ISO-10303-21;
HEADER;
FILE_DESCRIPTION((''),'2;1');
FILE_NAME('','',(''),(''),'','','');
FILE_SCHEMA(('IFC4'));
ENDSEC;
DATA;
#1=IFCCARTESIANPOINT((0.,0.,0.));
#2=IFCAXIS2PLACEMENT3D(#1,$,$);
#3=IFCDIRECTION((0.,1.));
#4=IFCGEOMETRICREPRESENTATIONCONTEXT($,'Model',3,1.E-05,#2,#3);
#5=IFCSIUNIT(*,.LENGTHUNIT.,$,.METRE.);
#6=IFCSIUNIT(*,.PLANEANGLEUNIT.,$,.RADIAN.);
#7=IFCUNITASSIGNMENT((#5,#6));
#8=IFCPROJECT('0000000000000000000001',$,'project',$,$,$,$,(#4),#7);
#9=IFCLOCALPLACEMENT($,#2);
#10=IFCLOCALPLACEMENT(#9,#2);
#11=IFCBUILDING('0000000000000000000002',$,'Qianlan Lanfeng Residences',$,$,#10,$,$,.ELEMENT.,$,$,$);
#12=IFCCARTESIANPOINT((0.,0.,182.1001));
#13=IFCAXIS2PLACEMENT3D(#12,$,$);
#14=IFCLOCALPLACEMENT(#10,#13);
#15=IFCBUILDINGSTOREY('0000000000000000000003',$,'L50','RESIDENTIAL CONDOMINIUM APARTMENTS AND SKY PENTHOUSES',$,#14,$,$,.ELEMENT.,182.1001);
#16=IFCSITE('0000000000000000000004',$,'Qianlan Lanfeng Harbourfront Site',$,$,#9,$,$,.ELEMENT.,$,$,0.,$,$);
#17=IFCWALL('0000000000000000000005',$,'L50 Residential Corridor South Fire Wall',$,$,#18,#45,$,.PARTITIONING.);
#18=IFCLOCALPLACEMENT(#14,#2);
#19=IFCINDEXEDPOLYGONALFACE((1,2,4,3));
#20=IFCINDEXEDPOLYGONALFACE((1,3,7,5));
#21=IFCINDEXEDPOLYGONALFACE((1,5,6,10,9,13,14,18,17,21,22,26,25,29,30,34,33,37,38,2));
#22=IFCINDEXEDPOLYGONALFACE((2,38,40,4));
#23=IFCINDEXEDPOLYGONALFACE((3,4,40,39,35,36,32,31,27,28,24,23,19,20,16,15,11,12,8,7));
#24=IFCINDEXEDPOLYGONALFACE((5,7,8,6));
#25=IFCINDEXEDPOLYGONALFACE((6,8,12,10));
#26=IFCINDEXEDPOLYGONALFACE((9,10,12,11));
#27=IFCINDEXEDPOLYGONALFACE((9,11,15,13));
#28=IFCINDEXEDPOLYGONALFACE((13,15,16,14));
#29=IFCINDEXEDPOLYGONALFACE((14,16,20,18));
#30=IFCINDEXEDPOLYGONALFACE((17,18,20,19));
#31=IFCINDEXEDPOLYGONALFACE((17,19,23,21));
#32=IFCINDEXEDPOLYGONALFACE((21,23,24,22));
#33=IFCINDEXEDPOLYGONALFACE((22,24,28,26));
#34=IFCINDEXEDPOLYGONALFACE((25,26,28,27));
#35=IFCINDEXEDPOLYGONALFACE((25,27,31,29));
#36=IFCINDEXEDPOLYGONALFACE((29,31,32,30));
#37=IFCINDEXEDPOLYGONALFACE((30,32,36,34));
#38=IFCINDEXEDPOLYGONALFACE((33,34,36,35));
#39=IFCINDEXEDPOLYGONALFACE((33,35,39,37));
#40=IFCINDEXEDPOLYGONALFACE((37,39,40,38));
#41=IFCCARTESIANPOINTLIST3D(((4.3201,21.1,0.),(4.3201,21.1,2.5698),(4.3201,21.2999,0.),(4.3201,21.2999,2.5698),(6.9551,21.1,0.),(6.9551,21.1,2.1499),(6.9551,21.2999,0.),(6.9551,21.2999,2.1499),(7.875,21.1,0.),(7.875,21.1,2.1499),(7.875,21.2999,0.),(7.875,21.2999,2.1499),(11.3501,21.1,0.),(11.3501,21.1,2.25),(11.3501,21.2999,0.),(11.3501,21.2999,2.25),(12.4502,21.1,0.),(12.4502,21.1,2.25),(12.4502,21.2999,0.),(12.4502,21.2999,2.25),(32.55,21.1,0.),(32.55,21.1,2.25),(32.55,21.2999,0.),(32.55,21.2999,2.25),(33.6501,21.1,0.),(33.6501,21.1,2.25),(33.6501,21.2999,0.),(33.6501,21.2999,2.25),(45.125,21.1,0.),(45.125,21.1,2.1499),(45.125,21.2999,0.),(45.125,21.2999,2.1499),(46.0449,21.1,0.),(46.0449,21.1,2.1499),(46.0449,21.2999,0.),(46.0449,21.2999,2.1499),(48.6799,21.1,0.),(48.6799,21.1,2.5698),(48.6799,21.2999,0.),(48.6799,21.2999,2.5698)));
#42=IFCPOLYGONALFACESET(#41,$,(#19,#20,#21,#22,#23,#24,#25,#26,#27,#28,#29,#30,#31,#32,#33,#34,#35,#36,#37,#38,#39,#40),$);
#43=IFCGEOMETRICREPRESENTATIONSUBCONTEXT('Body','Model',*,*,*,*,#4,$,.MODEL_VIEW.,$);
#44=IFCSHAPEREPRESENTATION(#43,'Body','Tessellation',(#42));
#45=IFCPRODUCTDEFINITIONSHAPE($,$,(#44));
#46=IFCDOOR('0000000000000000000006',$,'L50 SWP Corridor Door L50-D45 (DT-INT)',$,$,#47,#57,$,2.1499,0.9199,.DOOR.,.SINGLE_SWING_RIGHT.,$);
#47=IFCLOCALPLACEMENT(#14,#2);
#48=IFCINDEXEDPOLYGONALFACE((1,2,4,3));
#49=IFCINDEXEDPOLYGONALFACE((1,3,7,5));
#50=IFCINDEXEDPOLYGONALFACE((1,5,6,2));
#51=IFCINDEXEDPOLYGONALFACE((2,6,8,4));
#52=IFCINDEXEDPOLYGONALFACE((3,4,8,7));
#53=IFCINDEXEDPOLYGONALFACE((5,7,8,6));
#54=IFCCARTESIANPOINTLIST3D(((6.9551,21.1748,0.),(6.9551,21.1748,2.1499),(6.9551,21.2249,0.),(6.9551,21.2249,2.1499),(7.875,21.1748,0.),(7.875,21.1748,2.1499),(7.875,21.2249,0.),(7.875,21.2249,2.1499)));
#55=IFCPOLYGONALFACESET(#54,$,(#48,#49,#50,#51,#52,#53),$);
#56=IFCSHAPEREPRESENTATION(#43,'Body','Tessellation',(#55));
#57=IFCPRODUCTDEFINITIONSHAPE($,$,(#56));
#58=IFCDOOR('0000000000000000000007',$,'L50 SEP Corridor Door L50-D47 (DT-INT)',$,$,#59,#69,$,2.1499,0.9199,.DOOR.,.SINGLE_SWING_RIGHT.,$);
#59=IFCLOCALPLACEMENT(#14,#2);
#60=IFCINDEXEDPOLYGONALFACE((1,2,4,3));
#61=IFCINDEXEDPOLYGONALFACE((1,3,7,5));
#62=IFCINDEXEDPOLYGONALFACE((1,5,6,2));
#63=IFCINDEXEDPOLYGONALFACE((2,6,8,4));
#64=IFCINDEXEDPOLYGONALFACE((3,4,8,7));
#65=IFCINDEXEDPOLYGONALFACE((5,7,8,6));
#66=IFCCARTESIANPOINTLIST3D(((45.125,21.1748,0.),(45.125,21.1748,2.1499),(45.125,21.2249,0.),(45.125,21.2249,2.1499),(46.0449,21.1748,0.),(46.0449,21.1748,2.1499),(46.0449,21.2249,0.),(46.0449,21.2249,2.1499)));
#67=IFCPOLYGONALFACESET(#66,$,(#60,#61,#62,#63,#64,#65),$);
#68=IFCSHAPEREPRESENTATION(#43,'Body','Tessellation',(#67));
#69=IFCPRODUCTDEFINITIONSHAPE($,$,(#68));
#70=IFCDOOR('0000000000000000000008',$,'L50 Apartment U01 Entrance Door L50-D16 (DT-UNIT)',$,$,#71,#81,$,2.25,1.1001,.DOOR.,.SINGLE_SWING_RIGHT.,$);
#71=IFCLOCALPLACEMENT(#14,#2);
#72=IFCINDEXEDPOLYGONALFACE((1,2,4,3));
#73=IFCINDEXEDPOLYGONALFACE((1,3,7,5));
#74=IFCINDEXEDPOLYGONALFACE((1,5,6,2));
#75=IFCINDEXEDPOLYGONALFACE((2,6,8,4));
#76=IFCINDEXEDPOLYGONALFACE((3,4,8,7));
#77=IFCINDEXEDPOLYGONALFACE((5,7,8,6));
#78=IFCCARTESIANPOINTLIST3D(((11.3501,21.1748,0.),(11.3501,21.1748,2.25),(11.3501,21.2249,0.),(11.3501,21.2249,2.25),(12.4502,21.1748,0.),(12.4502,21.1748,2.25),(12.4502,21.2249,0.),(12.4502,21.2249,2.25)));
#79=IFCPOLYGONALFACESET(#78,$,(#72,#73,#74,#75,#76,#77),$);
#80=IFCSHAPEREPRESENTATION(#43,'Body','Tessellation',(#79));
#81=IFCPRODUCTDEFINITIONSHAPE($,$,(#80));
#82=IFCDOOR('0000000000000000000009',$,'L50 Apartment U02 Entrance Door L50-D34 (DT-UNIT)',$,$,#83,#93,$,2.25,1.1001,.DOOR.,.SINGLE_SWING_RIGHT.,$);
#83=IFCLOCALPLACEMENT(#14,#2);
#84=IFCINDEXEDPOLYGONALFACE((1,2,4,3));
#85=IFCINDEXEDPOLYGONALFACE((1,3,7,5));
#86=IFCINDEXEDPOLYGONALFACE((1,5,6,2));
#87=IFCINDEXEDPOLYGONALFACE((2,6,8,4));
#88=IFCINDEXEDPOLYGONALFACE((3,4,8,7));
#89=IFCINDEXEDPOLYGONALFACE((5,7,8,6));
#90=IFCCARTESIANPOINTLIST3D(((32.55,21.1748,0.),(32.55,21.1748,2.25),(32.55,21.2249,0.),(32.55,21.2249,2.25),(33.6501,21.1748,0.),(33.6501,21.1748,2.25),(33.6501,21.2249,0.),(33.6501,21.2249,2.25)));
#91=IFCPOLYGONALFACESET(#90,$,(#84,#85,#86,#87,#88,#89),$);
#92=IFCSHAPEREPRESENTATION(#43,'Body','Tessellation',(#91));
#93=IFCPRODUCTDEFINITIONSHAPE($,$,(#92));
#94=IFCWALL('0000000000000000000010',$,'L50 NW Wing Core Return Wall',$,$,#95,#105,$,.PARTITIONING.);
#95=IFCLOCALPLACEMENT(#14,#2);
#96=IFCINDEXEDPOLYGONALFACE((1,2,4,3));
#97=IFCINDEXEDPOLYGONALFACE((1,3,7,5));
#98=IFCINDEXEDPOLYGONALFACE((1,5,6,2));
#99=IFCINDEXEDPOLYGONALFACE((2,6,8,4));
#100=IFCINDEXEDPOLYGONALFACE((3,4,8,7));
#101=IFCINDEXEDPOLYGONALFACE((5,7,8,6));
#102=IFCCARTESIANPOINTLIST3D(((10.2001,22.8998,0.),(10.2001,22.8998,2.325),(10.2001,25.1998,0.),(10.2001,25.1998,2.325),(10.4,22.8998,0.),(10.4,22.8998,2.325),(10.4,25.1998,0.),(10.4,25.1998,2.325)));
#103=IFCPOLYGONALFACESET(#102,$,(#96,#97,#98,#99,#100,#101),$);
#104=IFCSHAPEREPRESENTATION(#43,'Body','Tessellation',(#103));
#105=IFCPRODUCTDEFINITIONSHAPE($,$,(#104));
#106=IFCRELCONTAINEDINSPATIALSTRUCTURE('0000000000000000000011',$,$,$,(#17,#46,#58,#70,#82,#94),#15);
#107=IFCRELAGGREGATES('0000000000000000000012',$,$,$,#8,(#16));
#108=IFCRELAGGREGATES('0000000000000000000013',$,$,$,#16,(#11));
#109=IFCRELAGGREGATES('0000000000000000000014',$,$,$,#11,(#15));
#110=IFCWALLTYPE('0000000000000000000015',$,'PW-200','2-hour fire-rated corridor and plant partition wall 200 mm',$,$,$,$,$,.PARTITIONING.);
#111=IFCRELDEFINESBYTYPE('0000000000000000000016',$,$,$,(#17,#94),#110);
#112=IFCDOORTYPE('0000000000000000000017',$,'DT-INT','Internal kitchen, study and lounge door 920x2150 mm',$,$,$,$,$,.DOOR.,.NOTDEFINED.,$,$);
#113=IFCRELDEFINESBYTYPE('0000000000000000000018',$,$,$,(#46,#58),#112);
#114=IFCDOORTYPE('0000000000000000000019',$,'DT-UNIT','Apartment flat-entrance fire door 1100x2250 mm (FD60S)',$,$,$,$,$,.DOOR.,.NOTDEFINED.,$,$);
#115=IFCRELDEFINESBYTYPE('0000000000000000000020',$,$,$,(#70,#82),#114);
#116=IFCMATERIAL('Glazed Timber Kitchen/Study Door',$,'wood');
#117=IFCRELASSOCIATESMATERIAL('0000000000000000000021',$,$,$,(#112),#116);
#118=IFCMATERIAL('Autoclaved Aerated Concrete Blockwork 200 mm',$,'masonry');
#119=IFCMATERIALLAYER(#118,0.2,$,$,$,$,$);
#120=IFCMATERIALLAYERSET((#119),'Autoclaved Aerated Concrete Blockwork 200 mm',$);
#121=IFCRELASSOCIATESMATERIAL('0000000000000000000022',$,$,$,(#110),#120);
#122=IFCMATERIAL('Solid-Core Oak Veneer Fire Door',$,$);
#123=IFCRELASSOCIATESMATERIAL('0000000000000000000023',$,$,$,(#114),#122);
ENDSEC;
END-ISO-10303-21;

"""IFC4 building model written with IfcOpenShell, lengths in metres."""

from ifc_helpers import new_model, si_unit, direction, frame, frame_2d, origin, place, context, subcontext, project, spatial, rectangle, extrude, material, layer, layer_set, type_object, element, fill, save


model = new_model("IFC4")

# Units and contexts
model_context = context("Model", 3, precision=1e-05, world=origin(), true_north=direction((0.0, 1.0)))
body_context = subcontext(model_context, "Body", "Model", "MODEL_VIEW")
ifc_project = project(units=[si_unit("LENGTHUNIT", "METRE"), si_unit("PLANEANGLEUNIT", "RADIAN")], contexts=[model_context])

# Site, building, storey
site_placement = place(None, origin())
site = spatial("IfcSite", under=ifc_project, at=site_placement, Name="Qianlan Lanfeng Harbourfront Site", CompositionType="ELEMENT", RefElevation=0.0)
building_placement = place(site_placement, origin())
building = spatial("IfcBuilding", under=site, at=building_placement, Name="Qianlan Lanfeng Residences", CompositionType="ELEMENT")
storey_placement = place(building_placement, frame((0.0, 0.0, 182.1001)))
storey = spatial("IfcBuildingStorey", under=building, at=storey_placement, Name="L50", Description="RESIDENTIAL CONDOMINIUM APARTMENTS AND SKY PENTHOUSES", CompositionType="ELEMENT", Elevation=182.1001)

# Shared definitions
ifc_material_1 = material(Name="Glazed Timber Kitchen/Study Door", Category="wood")
door_type_1 = type_object("IfcDoorType", Name="DT-INT", Description="Internal kitchen, study and lounge door 920x2150 mm", OperationType="NOTDEFINED", PredefinedType="DOOR", material=ifc_material_1)

# Wall, openings, doors
ifc_material_2 = material(Name="Autoclaved Aerated Concrete Blockwork 200 mm", Category="masonry")
ifc_layer_1 = layer(ifc_material_2, 0.2)
ifc_layer_set_1 = layer_set([ifc_layer_1], Name="Autoclaved Aerated Concrete Blockwork 200 mm")
wall_type_1 = type_object("IfcWallType", Name="PW-200", Description="2-hour fire-rated corridor and plant partition wall 200 mm", PredefinedType="PARTITIONING", material=ifc_layer_set_1)
wall_1_placement = place(storey_placement, frame((4.3201, 21.2, 0.0), z_axis=(0.0, 0.0, 1.0), x_axis=(1.0, 0.0, 0.0)))
wall_1 = element("IfcWall", 1, at=wall_1_placement, inside=storey, type_object=wall_type_1, Name="L50 Residential Corridor South Fire Wall", PredefinedType="PARTITIONING", context=body_context, shape_type="SweptSolid", body=[
    extrude(rectangle(XDim=44.3599, YDim=0.2, at=frame_2d((22.1799, 0.0))), origin(), (0.0, 0.0, 1.0), 2.5698),
])
opening_1_placement = place(wall_1_placement, frame((7.03, 0.0, 0.0)))
opening_1 = element("IfcOpeningElement", 2, at=opening_1_placement, cuts=wall_1, PredefinedType="OPENING", context=body_context, shape_type="SweptSolid", body=[
    extrude(rectangle(XDim=1.1001, YDim=2.25, at=frame_2d((0.55, 1.125))), frame((0.0, 0.1099, 0.0), z_axis=(0.0, -1.0, 0.0), x_axis=(1.0, 0.0, 0.0)), (0.0, 0.0, 1.0), 0.22),
])
opening_2_placement = place(wall_1_placement, frame((28.23, 0.0, 0.0)))
opening_2 = element("IfcOpeningElement", 3, at=opening_2_placement, cuts=wall_1, PredefinedType="OPENING", context=body_context, shape_type="SweptSolid", body=[
    extrude(rectangle(XDim=1.1001, YDim=2.25, at=frame_2d((0.55, 1.125))), frame((0.0, 0.1099, 0.0), z_axis=(0.0, -1.0, 0.0), x_axis=(1.0, 0.0, 0.0)), (0.0, 0.0, 1.0), 0.22),
])
opening_3_placement = place(wall_1_placement, frame((2.635, 0.0, 0.0)))
opening_3 = element("IfcOpeningElement", 4, at=opening_3_placement, cuts=wall_1, PredefinedType="OPENING", context=body_context, shape_type="SweptSolid", body=[
    extrude(rectangle(XDim=0.9199, YDim=2.1499, at=frame_2d((0.46, 1.075))), frame((0.0, 0.1099, 0.0), z_axis=(0.0, -1.0, 0.0), x_axis=(1.0, 0.0, 0.0)), (0.0, 0.0, 1.0), 0.22),
])
opening_4_placement = place(wall_1_placement, frame((40.8049, 0.0, 0.0)))
opening_4 = element("IfcOpeningElement", 5, at=opening_4_placement, cuts=wall_1, PredefinedType="OPENING", context=body_context, shape_type="SweptSolid", body=[
    extrude(rectangle(XDim=0.9199, YDim=2.1499, at=frame_2d((0.46, 1.075))), frame((0.0, 0.1099, 0.0), z_axis=(0.0, -1.0, 0.0), x_axis=(1.0, 0.0, 0.0)), (0.0, 0.0, 1.0), 0.22),
])
door_1_placement = place(opening_3_placement, origin())
door_1 = element("IfcDoor", 6, at=door_1_placement, inside=storey, type_object=door_type_1, Name="L50 SWP Corridor Door L50-D45 (DT-INT)", OperationType="SINGLE_SWING_RIGHT", OverallHeight=2.1499, OverallWidth=0.9199, PredefinedType="DOOR", context=body_context, shape_type="SweptSolid", body=[
    extrude(rectangle(XDim=0.9199, YDim=2.1499, at=frame_2d((0.46, 1.075))), frame((0.0, 0.0249, 0.0), z_axis=(0.0, -1.0, 0.0), x_axis=(1.0, 0.0, 0.0)), (0.0, 0.0, 1.0), 0.05),
])
fill(opening_3, door_1)
door_2_placement = place(opening_4_placement, origin())
door_2 = element("IfcDoor", 7, at=door_2_placement, inside=storey, type_object=door_type_1, Name="L50 SEP Corridor Door L50-D47 (DT-INT)", OperationType="SINGLE_SWING_RIGHT", OverallHeight=2.1499, OverallWidth=0.9199, PredefinedType="DOOR", context=body_context, shape_type="SweptSolid", body=[
    extrude(rectangle(XDim=0.9199, YDim=2.1499, at=frame_2d((0.46, 1.075))), frame((0.0, 0.0249, 0.0), z_axis=(0.0, -1.0, 0.0), x_axis=(1.0, 0.0, 0.0)), (0.0, 0.0, 1.0), 0.05),
])
fill(opening_4, door_2)
ifc_material_3 = material(Name="Solid-Core Oak Veneer Fire Door")
door_type_2 = type_object("IfcDoorType", Name="DT-UNIT", Description="Apartment flat-entrance fire door 1100x2250 mm (FD60S)", OperationType="NOTDEFINED", PredefinedType="DOOR", material=ifc_material_3)
door_3_placement = place(opening_1_placement, origin())
door_3 = element("IfcDoor", 8, at=door_3_placement, inside=storey, type_object=door_type_2, Name="L50 Apartment U01 Entrance Door L50-D16 (DT-UNIT)", OperationType="SINGLE_SWING_RIGHT", OverallHeight=2.25, OverallWidth=1.1001, PredefinedType="DOOR", context=body_context, shape_type="SweptSolid", body=[
    extrude(rectangle(XDim=1.1001, YDim=2.25, at=frame_2d((0.55, 1.125))), frame((0.0, 0.0249, 0.0), z_axis=(0.0, -1.0, 0.0), x_axis=(1.0, 0.0, 0.0)), (0.0, 0.0, 1.0), 0.05),
])
fill(opening_1, door_3)
door_4_placement = place(opening_2_placement, origin())
door_4 = element("IfcDoor", 9, at=door_4_placement, inside=storey, type_object=door_type_2, Name="L50 Apartment U02 Entrance Door L50-D34 (DT-UNIT)", OperationType="SINGLE_SWING_RIGHT", OverallHeight=2.25, OverallWidth=1.1001, PredefinedType="DOOR", context=body_context, shape_type="SweptSolid", body=[
    extrude(rectangle(XDim=1.1001, YDim=2.25, at=frame_2d((0.55, 1.125))), frame((0.0, 0.0249, 0.0), z_axis=(0.0, -1.0, 0.0), x_axis=(1.0, 0.0, 0.0)), (0.0, 0.0, 1.0), 0.05),
])
fill(opening_2, door_4)

# Wall
wall_2_placement = place(storey_placement, frame((10.3, 22.8999, 0.0), z_axis=(0.0, 0.0, 1.0), x_axis=(0.0, 1.0, 0.0)))
element("IfcWall", 10, at=wall_2_placement, inside=storey, type_object=wall_type_1, Name="L50 NW Wing Core Return Wall", PredefinedType="PARTITIONING", context=body_context, shape_type="SweptSolid", body=[
    extrude(rectangle(XDim=2.3, YDim=0.2, at=frame_2d((1.1499, 0.0))), origin(), (0.0, 0.0, 1.0), 2.325),
])

save(model, "model.ifc")
